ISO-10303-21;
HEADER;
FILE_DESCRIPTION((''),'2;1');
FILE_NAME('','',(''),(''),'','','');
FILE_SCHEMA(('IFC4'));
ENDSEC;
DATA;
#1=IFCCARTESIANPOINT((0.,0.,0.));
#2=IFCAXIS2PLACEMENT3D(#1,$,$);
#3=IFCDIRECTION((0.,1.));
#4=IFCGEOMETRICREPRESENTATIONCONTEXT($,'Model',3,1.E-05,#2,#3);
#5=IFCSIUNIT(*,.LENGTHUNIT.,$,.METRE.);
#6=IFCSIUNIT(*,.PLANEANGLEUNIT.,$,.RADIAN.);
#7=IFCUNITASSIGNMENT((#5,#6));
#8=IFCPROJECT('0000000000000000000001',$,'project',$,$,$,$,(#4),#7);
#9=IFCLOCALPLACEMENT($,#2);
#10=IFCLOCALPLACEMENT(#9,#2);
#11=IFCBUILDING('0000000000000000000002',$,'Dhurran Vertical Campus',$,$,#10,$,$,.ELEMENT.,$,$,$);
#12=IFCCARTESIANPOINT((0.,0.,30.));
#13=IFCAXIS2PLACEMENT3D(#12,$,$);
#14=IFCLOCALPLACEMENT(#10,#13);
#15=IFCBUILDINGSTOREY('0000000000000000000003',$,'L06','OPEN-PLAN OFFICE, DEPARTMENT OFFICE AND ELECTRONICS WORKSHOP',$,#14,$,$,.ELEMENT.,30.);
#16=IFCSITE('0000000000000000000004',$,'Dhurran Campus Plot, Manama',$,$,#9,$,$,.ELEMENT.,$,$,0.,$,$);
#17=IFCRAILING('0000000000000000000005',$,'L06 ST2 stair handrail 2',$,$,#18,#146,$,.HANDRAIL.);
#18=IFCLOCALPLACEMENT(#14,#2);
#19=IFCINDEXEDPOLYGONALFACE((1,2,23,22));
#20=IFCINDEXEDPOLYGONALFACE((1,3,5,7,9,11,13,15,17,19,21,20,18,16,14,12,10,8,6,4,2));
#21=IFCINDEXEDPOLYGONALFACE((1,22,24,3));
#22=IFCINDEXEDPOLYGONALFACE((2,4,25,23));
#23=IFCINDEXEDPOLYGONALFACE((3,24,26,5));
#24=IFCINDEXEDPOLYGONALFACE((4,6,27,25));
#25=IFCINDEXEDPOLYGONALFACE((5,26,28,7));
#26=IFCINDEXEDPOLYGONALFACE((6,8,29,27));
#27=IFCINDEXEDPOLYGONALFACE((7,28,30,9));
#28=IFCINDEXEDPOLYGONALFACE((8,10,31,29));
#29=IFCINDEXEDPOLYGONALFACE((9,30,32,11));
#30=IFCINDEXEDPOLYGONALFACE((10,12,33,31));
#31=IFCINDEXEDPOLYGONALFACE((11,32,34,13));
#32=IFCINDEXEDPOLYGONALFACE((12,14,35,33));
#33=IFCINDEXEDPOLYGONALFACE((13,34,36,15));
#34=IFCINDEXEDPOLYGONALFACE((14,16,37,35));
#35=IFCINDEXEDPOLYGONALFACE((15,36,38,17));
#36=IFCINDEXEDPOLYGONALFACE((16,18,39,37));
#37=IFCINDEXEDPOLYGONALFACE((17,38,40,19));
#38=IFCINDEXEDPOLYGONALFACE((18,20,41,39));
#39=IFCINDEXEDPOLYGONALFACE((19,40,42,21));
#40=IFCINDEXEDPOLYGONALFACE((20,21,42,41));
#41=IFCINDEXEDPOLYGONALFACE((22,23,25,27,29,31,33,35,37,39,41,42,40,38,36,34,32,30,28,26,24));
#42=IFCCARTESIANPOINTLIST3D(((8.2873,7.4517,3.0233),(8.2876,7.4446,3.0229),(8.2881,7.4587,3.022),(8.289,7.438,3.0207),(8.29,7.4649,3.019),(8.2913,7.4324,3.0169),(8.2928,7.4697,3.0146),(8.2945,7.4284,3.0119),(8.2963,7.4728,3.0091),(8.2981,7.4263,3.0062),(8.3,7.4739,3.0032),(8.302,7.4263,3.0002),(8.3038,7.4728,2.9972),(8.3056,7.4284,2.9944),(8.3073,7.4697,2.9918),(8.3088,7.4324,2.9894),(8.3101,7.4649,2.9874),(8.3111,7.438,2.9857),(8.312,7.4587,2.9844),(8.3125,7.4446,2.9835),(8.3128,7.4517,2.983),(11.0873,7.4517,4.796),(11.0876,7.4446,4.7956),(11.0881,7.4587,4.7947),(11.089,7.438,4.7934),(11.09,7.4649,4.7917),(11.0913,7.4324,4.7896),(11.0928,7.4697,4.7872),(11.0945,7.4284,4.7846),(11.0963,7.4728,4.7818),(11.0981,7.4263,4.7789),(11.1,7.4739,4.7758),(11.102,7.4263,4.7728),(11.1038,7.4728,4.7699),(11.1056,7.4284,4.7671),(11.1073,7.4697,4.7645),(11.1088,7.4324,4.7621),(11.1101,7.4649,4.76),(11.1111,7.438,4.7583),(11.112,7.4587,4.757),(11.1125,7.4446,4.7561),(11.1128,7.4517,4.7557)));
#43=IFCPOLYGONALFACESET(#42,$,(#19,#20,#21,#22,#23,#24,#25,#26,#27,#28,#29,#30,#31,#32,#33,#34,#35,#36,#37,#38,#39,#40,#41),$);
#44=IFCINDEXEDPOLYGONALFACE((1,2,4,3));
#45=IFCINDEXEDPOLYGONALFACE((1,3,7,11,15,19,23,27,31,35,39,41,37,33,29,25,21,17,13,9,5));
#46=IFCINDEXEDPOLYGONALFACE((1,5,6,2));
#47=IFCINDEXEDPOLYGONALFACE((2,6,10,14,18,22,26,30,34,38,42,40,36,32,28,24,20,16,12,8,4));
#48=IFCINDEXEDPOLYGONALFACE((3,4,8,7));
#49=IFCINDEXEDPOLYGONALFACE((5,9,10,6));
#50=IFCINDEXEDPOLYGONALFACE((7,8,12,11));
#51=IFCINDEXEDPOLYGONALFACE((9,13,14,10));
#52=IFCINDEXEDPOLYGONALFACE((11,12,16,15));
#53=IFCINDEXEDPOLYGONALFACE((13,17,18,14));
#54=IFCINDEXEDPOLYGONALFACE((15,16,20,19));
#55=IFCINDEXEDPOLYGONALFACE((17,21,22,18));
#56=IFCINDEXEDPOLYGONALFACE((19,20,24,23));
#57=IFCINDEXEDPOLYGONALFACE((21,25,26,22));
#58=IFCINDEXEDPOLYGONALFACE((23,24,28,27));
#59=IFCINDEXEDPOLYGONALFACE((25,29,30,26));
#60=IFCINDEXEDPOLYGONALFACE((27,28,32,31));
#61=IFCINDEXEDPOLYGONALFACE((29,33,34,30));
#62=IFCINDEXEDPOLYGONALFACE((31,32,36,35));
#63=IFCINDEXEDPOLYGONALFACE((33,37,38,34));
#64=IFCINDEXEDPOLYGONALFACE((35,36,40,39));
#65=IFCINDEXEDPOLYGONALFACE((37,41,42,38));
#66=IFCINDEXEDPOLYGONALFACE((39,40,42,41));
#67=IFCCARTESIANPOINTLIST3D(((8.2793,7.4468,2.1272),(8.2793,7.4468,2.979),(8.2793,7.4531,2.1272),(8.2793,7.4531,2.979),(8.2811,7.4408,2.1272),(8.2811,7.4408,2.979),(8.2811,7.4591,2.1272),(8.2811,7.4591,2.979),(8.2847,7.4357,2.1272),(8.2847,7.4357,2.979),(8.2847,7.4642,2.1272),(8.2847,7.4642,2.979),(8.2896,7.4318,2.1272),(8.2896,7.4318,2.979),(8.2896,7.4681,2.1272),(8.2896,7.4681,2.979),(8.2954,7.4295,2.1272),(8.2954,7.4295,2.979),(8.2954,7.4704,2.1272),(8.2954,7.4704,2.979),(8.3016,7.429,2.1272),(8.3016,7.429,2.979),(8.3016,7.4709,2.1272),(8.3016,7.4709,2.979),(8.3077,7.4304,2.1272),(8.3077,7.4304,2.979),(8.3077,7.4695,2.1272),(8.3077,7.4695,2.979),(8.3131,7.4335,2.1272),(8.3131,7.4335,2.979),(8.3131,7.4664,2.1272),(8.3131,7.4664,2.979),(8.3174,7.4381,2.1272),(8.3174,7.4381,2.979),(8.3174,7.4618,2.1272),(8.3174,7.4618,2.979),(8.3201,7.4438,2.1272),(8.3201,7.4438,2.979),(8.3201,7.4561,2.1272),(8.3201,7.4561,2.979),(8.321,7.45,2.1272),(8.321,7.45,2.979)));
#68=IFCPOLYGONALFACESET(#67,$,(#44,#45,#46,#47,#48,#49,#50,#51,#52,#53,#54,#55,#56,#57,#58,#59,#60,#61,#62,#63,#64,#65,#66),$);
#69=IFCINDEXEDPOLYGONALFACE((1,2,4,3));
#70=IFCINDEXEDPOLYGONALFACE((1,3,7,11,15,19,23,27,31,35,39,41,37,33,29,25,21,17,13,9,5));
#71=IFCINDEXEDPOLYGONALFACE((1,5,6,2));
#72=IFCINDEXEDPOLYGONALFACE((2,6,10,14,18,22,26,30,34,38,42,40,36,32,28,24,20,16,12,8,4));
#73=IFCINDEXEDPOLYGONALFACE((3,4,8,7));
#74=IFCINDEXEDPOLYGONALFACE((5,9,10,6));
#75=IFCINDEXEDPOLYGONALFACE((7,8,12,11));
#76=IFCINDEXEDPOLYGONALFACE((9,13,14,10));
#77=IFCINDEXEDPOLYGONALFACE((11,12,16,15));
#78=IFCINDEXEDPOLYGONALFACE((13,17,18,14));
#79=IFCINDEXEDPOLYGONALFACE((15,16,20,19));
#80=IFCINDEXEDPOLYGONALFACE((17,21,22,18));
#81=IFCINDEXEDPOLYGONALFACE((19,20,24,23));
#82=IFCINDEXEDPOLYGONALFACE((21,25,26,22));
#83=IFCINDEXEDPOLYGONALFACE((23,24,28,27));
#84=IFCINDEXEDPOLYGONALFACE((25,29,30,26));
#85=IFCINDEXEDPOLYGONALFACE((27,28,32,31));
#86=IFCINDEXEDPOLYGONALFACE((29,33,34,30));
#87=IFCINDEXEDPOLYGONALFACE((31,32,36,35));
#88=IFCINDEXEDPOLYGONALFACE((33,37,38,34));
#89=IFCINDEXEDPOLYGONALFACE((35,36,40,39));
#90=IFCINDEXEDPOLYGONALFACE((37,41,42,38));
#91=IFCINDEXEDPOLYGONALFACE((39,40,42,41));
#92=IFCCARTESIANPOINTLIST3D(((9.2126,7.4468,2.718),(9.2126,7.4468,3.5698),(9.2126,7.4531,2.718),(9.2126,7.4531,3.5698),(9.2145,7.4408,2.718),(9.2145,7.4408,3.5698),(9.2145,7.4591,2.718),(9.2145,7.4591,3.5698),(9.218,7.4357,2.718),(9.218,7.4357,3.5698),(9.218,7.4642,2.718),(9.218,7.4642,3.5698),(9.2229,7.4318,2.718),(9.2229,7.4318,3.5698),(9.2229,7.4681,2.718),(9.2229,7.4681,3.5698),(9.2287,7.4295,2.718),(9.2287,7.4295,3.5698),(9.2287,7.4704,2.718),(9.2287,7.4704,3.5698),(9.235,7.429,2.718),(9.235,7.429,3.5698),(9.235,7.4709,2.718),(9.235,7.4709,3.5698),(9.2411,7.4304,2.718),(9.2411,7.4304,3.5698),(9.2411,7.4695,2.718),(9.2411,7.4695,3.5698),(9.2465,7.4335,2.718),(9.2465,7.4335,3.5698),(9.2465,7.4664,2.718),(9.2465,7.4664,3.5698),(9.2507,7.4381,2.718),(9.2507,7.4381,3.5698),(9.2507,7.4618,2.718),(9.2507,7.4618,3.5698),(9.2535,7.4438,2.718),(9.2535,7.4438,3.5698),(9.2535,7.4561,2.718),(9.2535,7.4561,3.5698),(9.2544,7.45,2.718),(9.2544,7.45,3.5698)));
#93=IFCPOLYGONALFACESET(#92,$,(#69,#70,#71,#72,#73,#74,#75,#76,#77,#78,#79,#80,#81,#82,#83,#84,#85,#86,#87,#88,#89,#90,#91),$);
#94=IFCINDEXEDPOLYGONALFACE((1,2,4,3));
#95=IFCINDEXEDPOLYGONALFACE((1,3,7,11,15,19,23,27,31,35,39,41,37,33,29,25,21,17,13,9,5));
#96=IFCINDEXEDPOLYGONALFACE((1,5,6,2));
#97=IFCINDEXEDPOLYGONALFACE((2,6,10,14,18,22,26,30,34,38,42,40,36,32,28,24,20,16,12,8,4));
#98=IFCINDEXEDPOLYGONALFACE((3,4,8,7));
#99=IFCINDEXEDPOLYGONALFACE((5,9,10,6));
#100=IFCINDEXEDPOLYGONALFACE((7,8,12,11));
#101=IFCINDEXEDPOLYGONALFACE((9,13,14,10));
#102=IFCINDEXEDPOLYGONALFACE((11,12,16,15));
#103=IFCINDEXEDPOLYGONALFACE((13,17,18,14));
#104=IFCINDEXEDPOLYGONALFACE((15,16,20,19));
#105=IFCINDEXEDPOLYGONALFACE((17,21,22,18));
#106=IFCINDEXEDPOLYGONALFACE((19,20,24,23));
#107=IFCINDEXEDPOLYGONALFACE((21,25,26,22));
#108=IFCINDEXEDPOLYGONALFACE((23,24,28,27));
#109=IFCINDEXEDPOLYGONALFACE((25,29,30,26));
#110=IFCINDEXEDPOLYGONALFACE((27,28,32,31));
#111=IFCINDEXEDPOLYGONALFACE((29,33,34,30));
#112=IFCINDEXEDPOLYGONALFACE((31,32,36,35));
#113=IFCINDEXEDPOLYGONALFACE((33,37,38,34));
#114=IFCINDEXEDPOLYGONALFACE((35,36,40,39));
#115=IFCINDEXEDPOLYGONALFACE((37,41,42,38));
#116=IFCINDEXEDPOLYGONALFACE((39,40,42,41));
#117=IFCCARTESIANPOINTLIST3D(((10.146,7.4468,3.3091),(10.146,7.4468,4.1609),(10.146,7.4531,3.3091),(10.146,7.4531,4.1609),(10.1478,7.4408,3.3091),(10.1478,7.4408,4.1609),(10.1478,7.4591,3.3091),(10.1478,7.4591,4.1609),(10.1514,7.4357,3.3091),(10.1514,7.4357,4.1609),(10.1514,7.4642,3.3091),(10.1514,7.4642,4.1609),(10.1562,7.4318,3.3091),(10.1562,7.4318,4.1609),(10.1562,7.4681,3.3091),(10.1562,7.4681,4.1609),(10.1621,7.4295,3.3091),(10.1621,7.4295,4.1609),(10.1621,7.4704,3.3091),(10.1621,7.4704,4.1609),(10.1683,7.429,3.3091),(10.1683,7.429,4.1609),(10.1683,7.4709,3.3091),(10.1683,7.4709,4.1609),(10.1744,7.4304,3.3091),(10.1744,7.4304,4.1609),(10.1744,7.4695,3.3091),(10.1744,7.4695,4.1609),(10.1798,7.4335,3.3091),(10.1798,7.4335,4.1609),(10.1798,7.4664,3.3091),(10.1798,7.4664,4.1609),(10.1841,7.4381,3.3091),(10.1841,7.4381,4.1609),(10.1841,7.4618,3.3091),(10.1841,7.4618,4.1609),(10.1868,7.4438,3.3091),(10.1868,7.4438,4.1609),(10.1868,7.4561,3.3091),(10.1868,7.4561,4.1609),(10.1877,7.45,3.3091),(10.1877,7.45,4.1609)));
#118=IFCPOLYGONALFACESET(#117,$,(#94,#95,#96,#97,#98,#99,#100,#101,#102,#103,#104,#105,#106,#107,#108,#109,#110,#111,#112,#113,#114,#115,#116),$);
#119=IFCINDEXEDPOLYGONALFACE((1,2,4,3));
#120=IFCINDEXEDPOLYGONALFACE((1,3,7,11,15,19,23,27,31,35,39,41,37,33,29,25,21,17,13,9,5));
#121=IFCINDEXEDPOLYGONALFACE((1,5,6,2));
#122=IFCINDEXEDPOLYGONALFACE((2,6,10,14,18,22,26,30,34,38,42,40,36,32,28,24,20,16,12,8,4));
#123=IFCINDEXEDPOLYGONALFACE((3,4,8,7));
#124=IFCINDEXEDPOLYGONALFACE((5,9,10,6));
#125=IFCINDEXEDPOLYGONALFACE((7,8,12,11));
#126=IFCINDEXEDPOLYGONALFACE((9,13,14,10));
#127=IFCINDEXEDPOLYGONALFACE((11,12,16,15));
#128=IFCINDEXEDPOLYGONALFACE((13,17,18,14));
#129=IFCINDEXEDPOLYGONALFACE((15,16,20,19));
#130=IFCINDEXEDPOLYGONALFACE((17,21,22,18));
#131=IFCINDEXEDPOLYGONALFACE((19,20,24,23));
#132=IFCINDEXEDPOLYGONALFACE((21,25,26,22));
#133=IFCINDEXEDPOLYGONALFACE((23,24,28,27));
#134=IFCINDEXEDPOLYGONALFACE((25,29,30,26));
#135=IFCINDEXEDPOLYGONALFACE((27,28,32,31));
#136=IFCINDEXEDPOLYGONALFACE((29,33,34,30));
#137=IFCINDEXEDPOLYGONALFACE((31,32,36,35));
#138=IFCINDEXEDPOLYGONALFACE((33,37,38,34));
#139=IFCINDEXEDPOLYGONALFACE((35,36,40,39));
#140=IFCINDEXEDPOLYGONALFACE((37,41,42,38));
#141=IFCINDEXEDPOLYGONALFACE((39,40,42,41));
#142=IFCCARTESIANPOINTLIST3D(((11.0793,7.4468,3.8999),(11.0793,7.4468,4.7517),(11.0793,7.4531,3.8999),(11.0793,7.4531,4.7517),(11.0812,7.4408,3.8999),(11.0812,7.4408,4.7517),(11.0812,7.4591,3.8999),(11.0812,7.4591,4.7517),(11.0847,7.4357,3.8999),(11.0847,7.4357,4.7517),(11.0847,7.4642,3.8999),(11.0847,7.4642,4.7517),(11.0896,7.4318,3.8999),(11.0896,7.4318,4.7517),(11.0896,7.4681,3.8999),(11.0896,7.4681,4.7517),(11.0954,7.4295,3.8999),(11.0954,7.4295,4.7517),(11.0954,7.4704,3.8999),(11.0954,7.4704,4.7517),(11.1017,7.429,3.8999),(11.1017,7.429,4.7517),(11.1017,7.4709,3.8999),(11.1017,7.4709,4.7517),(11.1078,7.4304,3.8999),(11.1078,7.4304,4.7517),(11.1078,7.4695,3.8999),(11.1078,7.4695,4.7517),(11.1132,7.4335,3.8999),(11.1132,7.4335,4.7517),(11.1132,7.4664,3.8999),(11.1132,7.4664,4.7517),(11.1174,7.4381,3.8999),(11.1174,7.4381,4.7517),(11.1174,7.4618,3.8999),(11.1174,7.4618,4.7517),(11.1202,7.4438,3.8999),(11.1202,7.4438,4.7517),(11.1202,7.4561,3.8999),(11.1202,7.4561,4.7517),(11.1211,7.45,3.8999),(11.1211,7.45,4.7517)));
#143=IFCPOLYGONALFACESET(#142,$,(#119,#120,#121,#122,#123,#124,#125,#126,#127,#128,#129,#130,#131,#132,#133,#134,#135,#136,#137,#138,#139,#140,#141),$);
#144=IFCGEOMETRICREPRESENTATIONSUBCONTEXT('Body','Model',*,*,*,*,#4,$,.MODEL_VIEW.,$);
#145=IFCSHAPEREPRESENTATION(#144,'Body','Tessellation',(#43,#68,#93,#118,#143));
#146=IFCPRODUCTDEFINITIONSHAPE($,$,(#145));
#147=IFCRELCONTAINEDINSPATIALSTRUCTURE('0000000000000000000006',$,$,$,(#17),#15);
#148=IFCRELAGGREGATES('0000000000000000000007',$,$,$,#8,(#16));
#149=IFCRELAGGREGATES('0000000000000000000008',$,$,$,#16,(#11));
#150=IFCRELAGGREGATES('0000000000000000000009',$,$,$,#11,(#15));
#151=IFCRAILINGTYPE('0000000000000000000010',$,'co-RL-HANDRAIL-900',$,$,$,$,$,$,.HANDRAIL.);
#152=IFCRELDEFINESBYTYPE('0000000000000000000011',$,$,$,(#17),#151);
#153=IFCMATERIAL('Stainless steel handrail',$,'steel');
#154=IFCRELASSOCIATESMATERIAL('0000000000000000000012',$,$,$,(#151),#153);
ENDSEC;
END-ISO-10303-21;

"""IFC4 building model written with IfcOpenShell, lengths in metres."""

from ifc_helpers import new_model, si_unit, direction, frame, origin, origin_2d, place, context, subcontext, project, spatial, circle, extrude, material, type_object, element, save


model = new_model("IFC4")

# Units and contexts
model_context = context("Model", 3, precision=1e-05, world=origin(), true_north=direction((0.0, 1.0)))
body_context = subcontext(model_context, "Body", "Model", "MODEL_VIEW")
ifc_project = project(units=[si_unit("LENGTHUNIT", "METRE"), si_unit("PLANEANGLEUNIT", "RADIAN")], contexts=[model_context])

# Site, building, storey
site_placement = place(None, origin())
site = spatial("IfcSite", under=ifc_project, at=site_placement, Name="Dhurran Campus Plot, Manama", CompositionType="ELEMENT", RefElevation=0.0)
building_placement = place(site_placement, origin())
building = spatial("IfcBuilding", under=site, at=building_placement, Name="Dhurran Vertical Campus", CompositionType="ELEMENT")
storey_placement = place(building_placement, frame((0.0, 0.0, 30.0)))
storey = spatial("IfcBuildingStorey", under=building, at=storey_placement, Name="L06", Description="OPEN-PLAN OFFICE, DEPARTMENT OFFICE AND ELECTRONICS WORKSHOP", CompositionType="ELEMENT", Elevation=30.0)

# Railing
ifc_material_1 = material(Name="Stainless steel handrail", Category="steel")
railing_type_1 = type_object("IfcRailingType", Name="co-RL-HANDRAIL-900", PredefinedType="HANDRAIL", material=ifc_material_1)
railing_1_placement = place(storey_placement, frame((8.3, 7.45, 2.1272)))
element("IfcRailing", 1, at=railing_1_placement, inside=storey, type_object=railing_type_1, Name="L06 ST2 stair handrail 2", PredefinedType="HANDRAIL", context=body_context, shape_type="SweptSolid", body=[
    extrude(circle(Radius=0.0239, at=origin_2d()), frame((0.0, 0.0, 0.876), z_axis=(0.844909, 0.0, 0.53491), x_axis=(0.0, 1.0, 0.0)), (0.0, 0.0, 1.0), 3.314),
    extrude(circle(Radius=0.021, at=origin_2d()), origin(), (0.0, 0.0, 1.0), 0.8518),
    extrude(circle(Radius=0.021, at=origin_2d()), frame((0.9333, 0.0, 0.5908)), (0.0, 0.0, 1.0), 0.8518),
    extrude(circle(Radius=0.021, at=origin_2d()), frame((1.8667, 0.0, 1.1819)), (0.0, 0.0, 1.0), 0.8518),
    extrude(circle(Radius=0.021, at=origin_2d()), frame((2.8, 0.0, 1.7727)), (0.0, 0.0, 1.0), 0.8518),
])

save(model, "model.ifc")
